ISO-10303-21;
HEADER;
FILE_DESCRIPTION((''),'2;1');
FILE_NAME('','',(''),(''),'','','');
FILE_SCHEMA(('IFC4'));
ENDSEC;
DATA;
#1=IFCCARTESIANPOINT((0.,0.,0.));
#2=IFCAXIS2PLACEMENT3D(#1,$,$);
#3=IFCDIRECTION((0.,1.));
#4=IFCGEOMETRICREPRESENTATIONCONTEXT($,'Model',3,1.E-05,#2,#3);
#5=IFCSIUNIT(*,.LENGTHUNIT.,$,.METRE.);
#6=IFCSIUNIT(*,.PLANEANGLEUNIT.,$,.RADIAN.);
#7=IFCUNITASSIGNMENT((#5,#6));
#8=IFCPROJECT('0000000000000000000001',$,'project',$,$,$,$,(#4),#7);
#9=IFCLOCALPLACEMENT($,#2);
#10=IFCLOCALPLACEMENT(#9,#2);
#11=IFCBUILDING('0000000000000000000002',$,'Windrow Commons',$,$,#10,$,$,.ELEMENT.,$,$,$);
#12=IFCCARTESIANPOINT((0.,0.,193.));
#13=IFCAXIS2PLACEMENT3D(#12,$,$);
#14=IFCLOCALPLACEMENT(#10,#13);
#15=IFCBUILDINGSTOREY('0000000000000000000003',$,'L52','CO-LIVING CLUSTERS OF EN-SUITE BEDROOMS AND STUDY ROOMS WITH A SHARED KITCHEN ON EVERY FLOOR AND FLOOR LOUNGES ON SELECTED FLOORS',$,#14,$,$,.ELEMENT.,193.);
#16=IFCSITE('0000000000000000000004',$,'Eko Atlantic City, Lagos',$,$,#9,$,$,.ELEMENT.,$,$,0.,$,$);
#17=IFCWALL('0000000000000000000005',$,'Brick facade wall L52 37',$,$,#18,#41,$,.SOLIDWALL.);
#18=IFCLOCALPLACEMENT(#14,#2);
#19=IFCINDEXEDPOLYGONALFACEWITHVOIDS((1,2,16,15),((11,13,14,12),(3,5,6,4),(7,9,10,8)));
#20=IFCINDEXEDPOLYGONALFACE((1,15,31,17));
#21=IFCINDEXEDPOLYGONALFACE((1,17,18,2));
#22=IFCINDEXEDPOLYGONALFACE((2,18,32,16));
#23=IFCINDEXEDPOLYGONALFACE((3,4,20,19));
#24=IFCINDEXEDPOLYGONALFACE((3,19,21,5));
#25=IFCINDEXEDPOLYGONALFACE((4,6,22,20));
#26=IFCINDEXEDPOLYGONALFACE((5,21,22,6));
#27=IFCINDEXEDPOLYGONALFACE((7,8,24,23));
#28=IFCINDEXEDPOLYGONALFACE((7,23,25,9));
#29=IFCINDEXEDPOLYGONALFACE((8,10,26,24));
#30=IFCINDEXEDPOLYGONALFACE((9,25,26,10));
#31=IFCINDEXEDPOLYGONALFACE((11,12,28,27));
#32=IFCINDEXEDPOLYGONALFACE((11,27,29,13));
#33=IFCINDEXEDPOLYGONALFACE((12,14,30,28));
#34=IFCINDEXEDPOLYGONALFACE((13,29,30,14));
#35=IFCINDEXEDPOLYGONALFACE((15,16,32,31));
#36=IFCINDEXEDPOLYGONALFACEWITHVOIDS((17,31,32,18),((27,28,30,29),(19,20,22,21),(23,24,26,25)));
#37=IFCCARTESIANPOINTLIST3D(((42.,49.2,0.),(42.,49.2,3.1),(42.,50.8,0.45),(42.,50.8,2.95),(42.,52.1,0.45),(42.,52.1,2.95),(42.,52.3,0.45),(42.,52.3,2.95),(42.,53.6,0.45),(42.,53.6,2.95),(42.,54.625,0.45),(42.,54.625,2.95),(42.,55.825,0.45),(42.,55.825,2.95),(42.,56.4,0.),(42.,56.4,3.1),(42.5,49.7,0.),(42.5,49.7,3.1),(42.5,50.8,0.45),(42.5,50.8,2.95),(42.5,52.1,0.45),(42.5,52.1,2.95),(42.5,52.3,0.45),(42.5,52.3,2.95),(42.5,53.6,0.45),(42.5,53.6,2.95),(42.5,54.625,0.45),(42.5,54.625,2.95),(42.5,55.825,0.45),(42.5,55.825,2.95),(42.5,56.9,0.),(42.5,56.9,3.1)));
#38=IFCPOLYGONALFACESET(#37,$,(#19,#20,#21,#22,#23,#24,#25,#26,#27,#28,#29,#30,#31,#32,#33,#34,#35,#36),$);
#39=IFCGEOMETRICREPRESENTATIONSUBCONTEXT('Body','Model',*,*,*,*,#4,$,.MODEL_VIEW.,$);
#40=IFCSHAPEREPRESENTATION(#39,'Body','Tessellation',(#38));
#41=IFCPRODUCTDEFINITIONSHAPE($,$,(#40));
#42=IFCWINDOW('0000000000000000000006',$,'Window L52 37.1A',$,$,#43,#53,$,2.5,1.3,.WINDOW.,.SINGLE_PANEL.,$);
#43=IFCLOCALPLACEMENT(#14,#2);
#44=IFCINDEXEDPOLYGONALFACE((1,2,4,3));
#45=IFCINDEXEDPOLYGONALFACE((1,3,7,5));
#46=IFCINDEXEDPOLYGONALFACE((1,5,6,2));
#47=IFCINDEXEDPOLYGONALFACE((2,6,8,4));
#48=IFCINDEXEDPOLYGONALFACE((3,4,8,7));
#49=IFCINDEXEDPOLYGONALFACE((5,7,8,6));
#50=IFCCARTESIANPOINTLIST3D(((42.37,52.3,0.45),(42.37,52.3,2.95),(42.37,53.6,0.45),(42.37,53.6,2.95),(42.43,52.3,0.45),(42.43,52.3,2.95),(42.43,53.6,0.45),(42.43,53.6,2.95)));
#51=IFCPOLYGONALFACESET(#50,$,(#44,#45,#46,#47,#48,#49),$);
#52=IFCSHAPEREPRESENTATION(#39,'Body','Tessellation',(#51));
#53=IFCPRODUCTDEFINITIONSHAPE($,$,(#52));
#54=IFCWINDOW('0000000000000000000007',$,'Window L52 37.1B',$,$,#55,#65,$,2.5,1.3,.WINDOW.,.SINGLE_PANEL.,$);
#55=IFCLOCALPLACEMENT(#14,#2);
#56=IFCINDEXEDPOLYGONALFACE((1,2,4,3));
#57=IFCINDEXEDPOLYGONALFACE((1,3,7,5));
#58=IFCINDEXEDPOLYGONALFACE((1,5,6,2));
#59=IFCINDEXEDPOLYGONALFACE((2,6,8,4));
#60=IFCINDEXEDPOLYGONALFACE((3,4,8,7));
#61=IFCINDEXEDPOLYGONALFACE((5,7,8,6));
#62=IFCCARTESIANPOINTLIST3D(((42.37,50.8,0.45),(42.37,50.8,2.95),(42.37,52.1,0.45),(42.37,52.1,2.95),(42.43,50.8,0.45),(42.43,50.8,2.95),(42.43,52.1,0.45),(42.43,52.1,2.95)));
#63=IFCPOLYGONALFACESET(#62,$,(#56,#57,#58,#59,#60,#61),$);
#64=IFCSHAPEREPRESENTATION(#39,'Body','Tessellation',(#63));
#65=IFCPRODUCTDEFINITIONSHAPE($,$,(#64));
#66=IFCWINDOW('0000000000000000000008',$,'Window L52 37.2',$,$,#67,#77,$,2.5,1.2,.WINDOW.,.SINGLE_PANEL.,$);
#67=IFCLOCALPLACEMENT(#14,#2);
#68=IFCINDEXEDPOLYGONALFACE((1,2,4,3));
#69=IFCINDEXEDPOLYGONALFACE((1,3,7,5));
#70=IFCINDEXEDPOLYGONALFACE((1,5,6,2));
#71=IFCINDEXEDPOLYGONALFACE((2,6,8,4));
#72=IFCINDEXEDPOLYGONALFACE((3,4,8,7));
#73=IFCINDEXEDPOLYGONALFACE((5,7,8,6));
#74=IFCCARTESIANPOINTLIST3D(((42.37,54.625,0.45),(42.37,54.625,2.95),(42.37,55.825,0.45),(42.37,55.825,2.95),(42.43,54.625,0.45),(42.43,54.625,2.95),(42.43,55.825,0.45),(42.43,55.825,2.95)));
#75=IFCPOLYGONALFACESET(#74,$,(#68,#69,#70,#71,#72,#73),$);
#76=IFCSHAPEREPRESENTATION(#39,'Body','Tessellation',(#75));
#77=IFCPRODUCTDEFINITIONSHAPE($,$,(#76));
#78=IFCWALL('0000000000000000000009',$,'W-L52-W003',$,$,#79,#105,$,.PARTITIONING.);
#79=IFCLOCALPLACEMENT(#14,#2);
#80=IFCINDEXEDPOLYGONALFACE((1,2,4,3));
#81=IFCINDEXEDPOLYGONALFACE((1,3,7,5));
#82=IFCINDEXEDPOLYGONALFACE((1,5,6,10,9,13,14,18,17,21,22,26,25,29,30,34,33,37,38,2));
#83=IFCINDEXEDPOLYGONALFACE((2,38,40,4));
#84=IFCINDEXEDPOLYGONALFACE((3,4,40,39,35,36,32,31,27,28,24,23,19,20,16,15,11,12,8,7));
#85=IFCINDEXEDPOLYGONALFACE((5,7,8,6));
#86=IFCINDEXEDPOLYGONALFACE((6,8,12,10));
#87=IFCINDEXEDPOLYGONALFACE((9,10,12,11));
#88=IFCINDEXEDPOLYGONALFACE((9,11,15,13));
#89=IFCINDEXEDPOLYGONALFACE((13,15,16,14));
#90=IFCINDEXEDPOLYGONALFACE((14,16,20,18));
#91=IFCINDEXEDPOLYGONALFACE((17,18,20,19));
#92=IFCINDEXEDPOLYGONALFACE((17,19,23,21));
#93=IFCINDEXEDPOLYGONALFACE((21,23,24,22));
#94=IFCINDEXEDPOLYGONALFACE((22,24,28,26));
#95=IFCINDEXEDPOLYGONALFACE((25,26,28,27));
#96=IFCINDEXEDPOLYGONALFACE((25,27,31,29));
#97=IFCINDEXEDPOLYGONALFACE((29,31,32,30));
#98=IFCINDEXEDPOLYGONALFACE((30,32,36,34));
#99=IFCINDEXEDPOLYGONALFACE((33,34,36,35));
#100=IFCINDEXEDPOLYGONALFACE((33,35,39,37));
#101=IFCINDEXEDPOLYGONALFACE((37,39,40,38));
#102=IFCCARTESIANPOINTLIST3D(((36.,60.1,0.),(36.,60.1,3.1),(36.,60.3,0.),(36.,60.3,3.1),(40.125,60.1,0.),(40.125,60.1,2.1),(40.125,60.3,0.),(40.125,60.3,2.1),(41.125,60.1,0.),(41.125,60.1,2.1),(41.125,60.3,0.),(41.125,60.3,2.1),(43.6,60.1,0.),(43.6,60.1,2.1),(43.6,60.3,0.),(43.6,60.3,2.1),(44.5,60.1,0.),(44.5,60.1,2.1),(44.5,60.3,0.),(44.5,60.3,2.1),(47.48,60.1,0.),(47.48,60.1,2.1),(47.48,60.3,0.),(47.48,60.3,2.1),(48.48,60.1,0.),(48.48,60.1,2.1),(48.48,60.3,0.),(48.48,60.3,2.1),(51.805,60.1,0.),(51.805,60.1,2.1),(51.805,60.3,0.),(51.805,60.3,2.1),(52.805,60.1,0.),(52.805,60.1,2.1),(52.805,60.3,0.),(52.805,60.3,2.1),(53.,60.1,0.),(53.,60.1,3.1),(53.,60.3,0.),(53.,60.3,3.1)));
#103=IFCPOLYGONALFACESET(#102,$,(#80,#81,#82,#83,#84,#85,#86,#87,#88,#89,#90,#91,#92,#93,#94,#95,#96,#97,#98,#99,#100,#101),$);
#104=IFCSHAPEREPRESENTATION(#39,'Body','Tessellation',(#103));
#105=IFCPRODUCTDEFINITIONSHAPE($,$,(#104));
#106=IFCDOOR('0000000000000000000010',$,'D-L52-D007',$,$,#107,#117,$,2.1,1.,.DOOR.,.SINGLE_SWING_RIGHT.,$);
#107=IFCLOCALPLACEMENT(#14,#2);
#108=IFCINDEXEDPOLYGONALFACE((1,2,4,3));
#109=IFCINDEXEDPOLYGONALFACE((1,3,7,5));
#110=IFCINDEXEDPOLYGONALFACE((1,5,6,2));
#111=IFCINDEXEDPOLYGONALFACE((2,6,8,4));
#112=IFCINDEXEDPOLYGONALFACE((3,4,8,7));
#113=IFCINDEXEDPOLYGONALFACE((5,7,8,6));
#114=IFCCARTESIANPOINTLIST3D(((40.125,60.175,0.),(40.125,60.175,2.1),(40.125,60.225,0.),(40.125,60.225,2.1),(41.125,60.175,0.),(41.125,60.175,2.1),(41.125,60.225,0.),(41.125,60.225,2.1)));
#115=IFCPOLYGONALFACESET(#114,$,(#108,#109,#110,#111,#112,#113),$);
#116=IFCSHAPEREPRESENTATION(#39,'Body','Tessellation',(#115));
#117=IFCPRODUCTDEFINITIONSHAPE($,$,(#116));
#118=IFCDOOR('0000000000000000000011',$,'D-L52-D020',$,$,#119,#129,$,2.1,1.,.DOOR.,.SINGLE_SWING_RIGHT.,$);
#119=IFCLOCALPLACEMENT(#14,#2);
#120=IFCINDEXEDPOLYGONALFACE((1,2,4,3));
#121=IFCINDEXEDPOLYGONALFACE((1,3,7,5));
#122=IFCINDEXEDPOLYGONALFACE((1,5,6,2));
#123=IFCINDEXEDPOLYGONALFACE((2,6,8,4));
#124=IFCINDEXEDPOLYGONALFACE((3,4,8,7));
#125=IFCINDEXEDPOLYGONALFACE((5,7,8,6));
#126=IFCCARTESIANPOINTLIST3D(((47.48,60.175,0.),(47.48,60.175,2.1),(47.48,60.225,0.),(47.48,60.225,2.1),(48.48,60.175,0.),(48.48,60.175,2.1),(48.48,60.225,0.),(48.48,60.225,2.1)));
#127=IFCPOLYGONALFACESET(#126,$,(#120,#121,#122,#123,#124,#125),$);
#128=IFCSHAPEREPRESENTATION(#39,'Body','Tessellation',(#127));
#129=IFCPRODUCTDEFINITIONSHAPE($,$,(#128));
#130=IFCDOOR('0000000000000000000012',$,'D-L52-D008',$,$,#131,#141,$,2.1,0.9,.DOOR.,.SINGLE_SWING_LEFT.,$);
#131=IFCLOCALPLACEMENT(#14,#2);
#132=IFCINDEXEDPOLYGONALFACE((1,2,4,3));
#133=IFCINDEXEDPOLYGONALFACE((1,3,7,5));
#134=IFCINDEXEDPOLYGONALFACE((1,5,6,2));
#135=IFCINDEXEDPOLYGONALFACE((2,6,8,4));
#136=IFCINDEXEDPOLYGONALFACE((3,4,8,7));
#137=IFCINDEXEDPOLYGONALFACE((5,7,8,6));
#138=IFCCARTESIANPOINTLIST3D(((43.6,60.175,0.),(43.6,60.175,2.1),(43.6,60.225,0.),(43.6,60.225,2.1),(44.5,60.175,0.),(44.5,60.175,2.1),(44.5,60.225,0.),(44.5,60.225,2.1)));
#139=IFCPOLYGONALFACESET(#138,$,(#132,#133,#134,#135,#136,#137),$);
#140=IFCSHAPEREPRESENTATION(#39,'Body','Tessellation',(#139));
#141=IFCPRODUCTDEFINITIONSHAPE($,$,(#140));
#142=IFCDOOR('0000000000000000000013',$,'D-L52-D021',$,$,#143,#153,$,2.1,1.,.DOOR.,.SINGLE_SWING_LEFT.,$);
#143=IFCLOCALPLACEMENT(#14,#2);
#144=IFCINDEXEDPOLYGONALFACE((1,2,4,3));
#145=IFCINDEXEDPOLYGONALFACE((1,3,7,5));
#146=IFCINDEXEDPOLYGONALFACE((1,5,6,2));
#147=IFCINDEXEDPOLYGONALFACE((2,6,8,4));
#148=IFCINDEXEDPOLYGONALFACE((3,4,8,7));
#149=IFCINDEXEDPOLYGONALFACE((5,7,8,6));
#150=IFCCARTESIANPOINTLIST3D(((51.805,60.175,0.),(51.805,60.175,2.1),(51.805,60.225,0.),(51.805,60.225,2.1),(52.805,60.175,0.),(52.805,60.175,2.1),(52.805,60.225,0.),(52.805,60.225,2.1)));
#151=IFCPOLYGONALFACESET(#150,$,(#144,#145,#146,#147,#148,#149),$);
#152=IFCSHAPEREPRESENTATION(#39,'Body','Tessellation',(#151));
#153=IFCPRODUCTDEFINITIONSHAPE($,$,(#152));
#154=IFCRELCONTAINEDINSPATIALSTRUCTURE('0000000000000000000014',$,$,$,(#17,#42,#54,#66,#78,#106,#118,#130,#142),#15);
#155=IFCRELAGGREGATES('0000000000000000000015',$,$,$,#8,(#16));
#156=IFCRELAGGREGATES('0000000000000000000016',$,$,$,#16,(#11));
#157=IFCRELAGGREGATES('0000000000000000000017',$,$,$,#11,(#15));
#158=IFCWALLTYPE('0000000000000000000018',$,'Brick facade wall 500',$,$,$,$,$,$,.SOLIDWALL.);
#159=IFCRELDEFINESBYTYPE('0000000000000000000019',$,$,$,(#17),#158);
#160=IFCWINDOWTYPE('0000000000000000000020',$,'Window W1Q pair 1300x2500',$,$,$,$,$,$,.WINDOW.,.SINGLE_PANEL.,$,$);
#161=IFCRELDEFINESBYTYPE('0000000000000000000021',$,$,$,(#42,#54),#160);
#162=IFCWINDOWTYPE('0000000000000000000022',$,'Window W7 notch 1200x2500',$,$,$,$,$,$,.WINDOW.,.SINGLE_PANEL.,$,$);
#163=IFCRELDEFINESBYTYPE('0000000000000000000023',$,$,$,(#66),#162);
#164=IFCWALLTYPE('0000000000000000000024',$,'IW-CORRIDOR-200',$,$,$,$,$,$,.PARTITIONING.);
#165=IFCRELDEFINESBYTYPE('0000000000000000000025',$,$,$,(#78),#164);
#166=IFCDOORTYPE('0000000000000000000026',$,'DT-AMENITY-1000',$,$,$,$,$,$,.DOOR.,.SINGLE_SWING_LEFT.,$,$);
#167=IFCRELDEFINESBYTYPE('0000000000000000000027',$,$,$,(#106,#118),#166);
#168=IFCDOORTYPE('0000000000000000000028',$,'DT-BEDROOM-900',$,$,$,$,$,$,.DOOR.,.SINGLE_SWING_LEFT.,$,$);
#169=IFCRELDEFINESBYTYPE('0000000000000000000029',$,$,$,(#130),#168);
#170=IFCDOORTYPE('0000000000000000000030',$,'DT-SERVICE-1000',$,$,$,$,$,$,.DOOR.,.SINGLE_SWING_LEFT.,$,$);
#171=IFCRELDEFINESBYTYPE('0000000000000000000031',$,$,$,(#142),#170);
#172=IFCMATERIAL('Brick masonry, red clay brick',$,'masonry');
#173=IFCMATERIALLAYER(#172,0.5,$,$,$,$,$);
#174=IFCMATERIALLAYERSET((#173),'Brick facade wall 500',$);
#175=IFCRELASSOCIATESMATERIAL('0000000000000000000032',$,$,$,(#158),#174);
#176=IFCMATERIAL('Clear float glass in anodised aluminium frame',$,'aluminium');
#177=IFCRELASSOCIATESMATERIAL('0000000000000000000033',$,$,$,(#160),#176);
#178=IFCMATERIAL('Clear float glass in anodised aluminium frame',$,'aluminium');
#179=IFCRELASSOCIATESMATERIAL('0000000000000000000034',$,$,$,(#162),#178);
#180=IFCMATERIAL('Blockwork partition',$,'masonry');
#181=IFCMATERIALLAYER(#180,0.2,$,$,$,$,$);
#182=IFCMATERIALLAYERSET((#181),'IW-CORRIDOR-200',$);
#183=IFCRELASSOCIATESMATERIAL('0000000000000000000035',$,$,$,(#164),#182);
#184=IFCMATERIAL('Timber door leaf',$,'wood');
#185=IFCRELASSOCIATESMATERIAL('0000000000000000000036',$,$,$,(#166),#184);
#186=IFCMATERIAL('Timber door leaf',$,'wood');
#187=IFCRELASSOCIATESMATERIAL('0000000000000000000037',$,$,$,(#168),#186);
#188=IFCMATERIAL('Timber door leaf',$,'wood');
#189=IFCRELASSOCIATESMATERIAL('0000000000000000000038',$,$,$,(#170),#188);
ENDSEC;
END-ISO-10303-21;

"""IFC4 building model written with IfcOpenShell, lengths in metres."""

from ifc_helpers import new_model, si_unit, direction, frame, frame_2d, origin, place, context, subcontext, project, spatial, polyline, rectangle, outline, extrude, material, layer, layer_set, type_object, element, fill, save


model = new_model("IFC4")

# Units and contexts
model_context = context("Model", 3, precision=1e-05, world=origin(), true_north=direction((0.0, 1.0)))
body_context = subcontext(model_context, "Body", "Model", "MODEL_VIEW")
ifc_project = project(units=[si_unit("LENGTHUNIT", "METRE"), si_unit("PLANEANGLEUNIT", "RADIAN")], contexts=[model_context])

# Site, building, storey
site_placement = place(None, origin())
site = spatial("IfcSite", under=ifc_project, at=site_placement, Name="Eko Atlantic City, Lagos", CompositionType="ELEMENT", RefElevation=0.0)
building_placement = place(site_placement, origin())
building = spatial("IfcBuilding", under=site, at=building_placement, Name="Windrow Commons", CompositionType="ELEMENT")
storey_placement = place(building_placement, frame((0.0, 0.0, 193.0)))
storey = spatial("IfcBuildingStorey", under=building, at=storey_placement, Name="L52", Description="CO-LIVING CLUSTERS OF EN-SUITE BEDROOMS AND STUDY ROOMS WITH A SHARED KITCHEN ON EVERY FLOOR AND FLOOR LOUNGES ON SELECTED FLOORS", CompositionType="ELEMENT", Elevation=193.0)

# Wall, openings, windows
ifc_material_1 = material(Name="Brick masonry, red clay brick", Category="masonry")
ifc_layer_1 = layer(ifc_material_1, 0.5)
ifc_layer_set_1 = layer_set([ifc_layer_1], Name="Brick facade wall 500")
wall_type_1 = type_object("IfcWallType", Name="Brick facade wall 500", PredefinedType="SOLIDWALL", material=ifc_layer_set_1)
ifc_material_2 = material(Name="Clear float glass in anodised aluminium frame", Category="aluminium")
window_type_1 = type_object("IfcWindowType", Name="Window W1Q pair 1300x2500", PartitioningType="SINGLE_PANEL", PredefinedType="WINDOW", material=ifc_material_2)
ifc_material_3 = material(Name="Clear float glass in anodised aluminium frame", Category="aluminium")
window_type_2 = type_object("IfcWindowType", Name="Window W7 notch 1200x2500", PartitioningType="SINGLE_PANEL", PredefinedType="WINDOW", material=ifc_material_3)
wall_1_placement = place(storey_placement, frame((42.25, 56.65, 0.0), z_axis=(0.0, 0.0, 1.0), x_axis=(0.0, -1.0, 0.0)))
wall_1 = element("IfcWall", 1, at=wall_1_placement, inside=storey, type_object=wall_type_1, Name="Brick facade wall L52 37", PredefinedType="SOLIDWALL", context=body_context, shape_type="SweptSolid", body=[
    extrude(outline(polyline([(0.25, -0.25), (7.45, -0.25), (6.95, 0.25), (-0.25, 0.25), (0.25, -0.25)])), origin(), (0.0, 0.0, 1.0), 3.1),
])
opening_1_placement = place(wall_1_placement, frame((3.05, 0.0, 0.45)))
opening_1 = element("IfcOpeningElement", 2, at=opening_1_placement, cuts=wall_1, PredefinedType="OPENING", context=body_context, shape_type="SweptSolid", body=[
    extrude(rectangle(XDim=1.3, YDim=2.5, at=frame_2d((0.65, 1.25))), frame((0.0, 0.26, 0.0), z_axis=(0.0, -1.0, 0.0), x_axis=(1.0, 0.0, 0.0)), (0.0, 0.0, 1.0), 0.52),
])
opening_2_placement = place(wall_1_placement, frame((4.55, 0.0, 0.45)))
opening_2 = element("IfcOpeningElement", 3, at=opening_2_placement, cuts=wall_1, PredefinedType="OPENING", context=body_context, shape_type="SweptSolid", body=[
    extrude(rectangle(XDim=1.3, YDim=2.5, at=frame_2d((0.65, 1.25))), frame((0.0, 0.26, 0.0), z_axis=(0.0, -1.0, 0.0), x_axis=(1.0, 0.0, 0.0)), (0.0, 0.0, 1.0), 0.52),
])
opening_3_placement = place(wall_1_placement, frame((0.825, 0.0, 0.45)))
opening_3 = element("IfcOpeningElement", 4, at=opening_3_placement, cuts=wall_1, PredefinedType="OPENING", context=body_context, shape_type="SweptSolid", body=[
    extrude(rectangle(XDim=1.2, YDim=2.5, at=frame_2d((0.6, 1.25))), frame((0.0, 0.26, 0.0), z_axis=(0.0, -1.0, 0.0), x_axis=(1.0, 0.0, 0.0)), (0.0, 0.0, 1.0), 0.52),
])
window_1_placement = place(opening_1_placement, origin())
window_1 = element("IfcWindow", 5, at=window_1_placement, inside=storey, type_object=window_type_1, Name="Window L52 37.1A", OverallHeight=2.5, OverallWidth=1.3, PartitioningType="SINGLE_PANEL", PredefinedType="WINDOW", context=body_context, shape_type="SweptSolid", body=[
    extrude(rectangle(XDim=1.3, YDim=2.5, at=frame_2d((0.65, 1.25))), frame((0.0, 0.18, 0.0), z_axis=(0.0, -1.0, 0.0), x_axis=(1.0, 0.0, 0.0)), (0.0, 0.0, 1.0), 0.06),
])
fill(opening_1, window_1)
window_2_placement = place(opening_2_placement, origin())
window_2 = element("IfcWindow", 6, at=window_2_placement, inside=storey, type_object=window_type_1, Name="Window L52 37.1B", OverallHeight=2.5, OverallWidth=1.3, PartitioningType="SINGLE_PANEL", PredefinedType="WINDOW", context=body_context, shape_type="SweptSolid", body=[
    extrude(rectangle(XDim=1.3, YDim=2.5, at=frame_2d((0.65, 1.25))), frame((0.0, 0.18, 0.0), z_axis=(0.0, -1.0, 0.0), x_axis=(1.0, 0.0, 0.0)), (0.0, 0.0, 1.0), 0.06),
])
fill(opening_2, window_2)
window_3_placement = place(opening_3_placement, origin())
window_3 = element("IfcWindow", 7, at=window_3_placement, inside=storey, type_object=window_type_2, Name="Window L52 37.2", OverallHeight=2.5, OverallWidth=1.2, PartitioningType="SINGLE_PANEL", PredefinedType="WINDOW", context=body_context, shape_type="SweptSolid", body=[
    extrude(rectangle(XDim=1.2, YDim=2.5, at=frame_2d((0.6, 1.25))), frame((0.0, 0.18, 0.0), z_axis=(0.0, -1.0, 0.0), x_axis=(1.0, 0.0, 0.0)), (0.0, 0.0, 1.0), 0.06),
])
fill(opening_3, window_3)

# Wall, openings, doors
ifc_material_4 = material(Name="Blockwork partition", Category="masonry")
ifc_layer_2 = layer(ifc_material_4, 0.2)
ifc_layer_set_2 = layer_set([ifc_layer_2], Name="IW-CORRIDOR-200")
wall_type_2 = type_object("IfcWallType", Name="IW-CORRIDOR-200", PredefinedType="PARTITIONING", material=ifc_layer_set_2)
wall_2_placement = place(storey_placement, frame((36.0, 60.2, 0.0), z_axis=(0.0, 0.0, 1.0), x_axis=(1.0, 0.0, 0.0)))
wall_2 = element("IfcWall", 8, at=wall_2_placement, inside=storey, type_object=wall_type_2, Name="W-L52-W003", PredefinedType="PARTITIONING", context=body_context, shape_type="SweptSolid", body=[
    extrude(rectangle(XDim=17.0, YDim=0.2, at=frame_2d((8.5, 0.0))), origin(), (0.0, 0.0, 1.0), 3.1),
])
opening_4_placement = place(wall_2_placement, frame((4.125, 0.0, 0.0)))
opening_4 = element("IfcOpeningElement", 9, at=opening_4_placement, cuts=wall_2, PredefinedType="OPENING", context=body_context, shape_type="SweptSolid", body=[
    extrude(rectangle(XDim=1.0, YDim=2.1, at=frame_2d((0.5, 1.05))), frame((0.0, 0.11, 0.0), z_axis=(0.0, -1.0, 0.0), x_axis=(1.0, 0.0, 0.0)), (0.0, 0.0, 1.0), 0.22),
])
opening_5_placement = place(wall_2_placement, frame((7.6, 0.0, 0.0)))
opening_5 = element("IfcOpeningElement", 10, at=opening_5_placement, cuts=wall_2, PredefinedType="OPENING", context=body_context, shape_type="SweptSolid", body=[
    extrude(rectangle(XDim=0.9, YDim=2.1, at=frame_2d((0.45, 1.05))), frame((0.0, 0.11, 0.0), z_axis=(0.0, -1.0, 0.0), x_axis=(1.0, 0.0, 0.0)), (0.0, 0.0, 1.0), 0.22),
])
opening_6_placement = place(wall_2_placement, frame((11.48, 0.0, 0.0)))
opening_6 = element("IfcOpeningElement", 11, at=opening_6_placement, cuts=wall_2, PredefinedType="OPENING", context=body_context, shape_type="SweptSolid", body=[
    extrude(rectangle(XDim=1.0, YDim=2.1, at=frame_2d((0.5, 1.05))), frame((0.0, 0.11, 0.0), z_axis=(0.0, -1.0, 0.0), x_axis=(1.0, 0.0, 0.0)), (0.0, 0.0, 1.0), 0.22),
])
opening_7_placement = place(wall_2_placement, frame((15.805, 0.0, 0.0)))
opening_7 = element("IfcOpeningElement", 12, at=opening_7_placement, cuts=wall_2, PredefinedType="OPENING", context=body_context, shape_type="SweptSolid", body=[
    extrude(rectangle(XDim=1.0, YDim=2.1, at=frame_2d((0.5, 1.05))), frame((0.0, 0.11, 0.0), z_axis=(0.0, -1.0, 0.0), x_axis=(1.0, 0.0, 0.0)), (0.0, 0.0, 1.0), 0.22),
])
ifc_material_5 = material(Name="Timber door leaf", Category="wood")
door_type_1 = type_object("IfcDoorType", Name="DT-AMENITY-1000", OperationType="SINGLE_SWING_LEFT", PredefinedType="DOOR", material=ifc_material_5)
door_1_placement = place(opening_4_placement, origin())
door_1 = element("IfcDoor", 13, at=door_1_placement, inside=storey, type_object=door_type_1, Name="D-L52-D007", OperationType="SINGLE_SWING_RIGHT", OverallHeight=2.1, OverallWidth=1.0, PredefinedType="DOOR", context=body_context, shape_type="SweptSolid", body=[
    extrude(rectangle(XDim=1.0, YDim=2.1, at=frame_2d((0.5, 1.05))), frame((0.0, 0.025, 0.0), z_axis=(0.0, -1.0, 0.0), x_axis=(1.0, 0.0, 0.0)), (0.0, 0.0, 1.0), 0.05),
])
fill(opening_4, door_1)
door_2_placement = place(opening_6_placement, origin())
door_2 = element("IfcDoor", 14, at=door_2_placement, inside=storey, type_object=door_type_1, Name="D-L52-D020", OperationType="SINGLE_SWING_RIGHT", OverallHeight=2.1, OverallWidth=1.0, PredefinedType="DOOR", context=body_context, shape_type="SweptSolid", body=[
    extrude(rectangle(XDim=1.0, YDim=2.1, at=frame_2d((0.5, 1.05))), frame((0.0, 0.025, 0.0), z_axis=(0.0, -1.0, 0.0), x_axis=(1.0, 0.0, 0.0)), (0.0, 0.0, 1.0), 0.05),
])
fill(opening_6, door_2)
ifc_material_6 = material(Name="Timber door leaf", Category="wood")
door_type_2 = type_object("IfcDoorType", Name="DT-BEDROOM-900", OperationType="SINGLE_SWING_LEFT", PredefinedType="DOOR", material=ifc_material_6)
door_3_placement = place(opening_5_placement, origin())
door_3 = element("IfcDoor", 15, at=door_3_placement, inside=storey, type_object=door_type_2, Name="D-L52-D008", OperationType="SINGLE_SWING_LEFT", OverallHeight=2.1, OverallWidth=0.9, PredefinedType="DOOR", context=body_context, shape_type="SweptSolid", body=[
    extrude(rectangle(XDim=0.9, YDim=2.1, at=frame_2d((0.45, 1.05))), frame((0.0, 0.025, 0.0), z_axis=(0.0, -1.0, 0.0), x_axis=(1.0, 0.0, 0.0)), (0.0, 0.0, 1.0), 0.05),
])
fill(opening_5, door_3)
ifc_material_7 = material(Name="Timber door leaf", Category="wood")
door_type_3 = type_object("IfcDoorType", Name="DT-SERVICE-1000", OperationType="SINGLE_SWING_LEFT", PredefinedType="DOOR", material=ifc_material_7)
door_4_placement = place(opening_7_placement, origin())
door_4 = element("IfcDoor", 16, at=door_4_placement, inside=storey, type_object=door_type_3, Name="D-L52-D021", OperationType="SINGLE_SWING_LEFT", OverallHeight=2.1, OverallWidth=1.0, PredefinedType="DOOR", context=body_context, shape_type="SweptSolid", body=[
    extrude(rectangle(XDim=1.0, YDim=2.1, at=frame_2d((0.5, 1.05))), frame((0.0, 0.025, 0.0), z_axis=(0.0, -1.0, 0.0), x_axis=(1.0, 0.0, 0.0)), (0.0, 0.0, 1.0), 0.05),
])
fill(opening_7, door_4)

save(model, "model.ifc")
